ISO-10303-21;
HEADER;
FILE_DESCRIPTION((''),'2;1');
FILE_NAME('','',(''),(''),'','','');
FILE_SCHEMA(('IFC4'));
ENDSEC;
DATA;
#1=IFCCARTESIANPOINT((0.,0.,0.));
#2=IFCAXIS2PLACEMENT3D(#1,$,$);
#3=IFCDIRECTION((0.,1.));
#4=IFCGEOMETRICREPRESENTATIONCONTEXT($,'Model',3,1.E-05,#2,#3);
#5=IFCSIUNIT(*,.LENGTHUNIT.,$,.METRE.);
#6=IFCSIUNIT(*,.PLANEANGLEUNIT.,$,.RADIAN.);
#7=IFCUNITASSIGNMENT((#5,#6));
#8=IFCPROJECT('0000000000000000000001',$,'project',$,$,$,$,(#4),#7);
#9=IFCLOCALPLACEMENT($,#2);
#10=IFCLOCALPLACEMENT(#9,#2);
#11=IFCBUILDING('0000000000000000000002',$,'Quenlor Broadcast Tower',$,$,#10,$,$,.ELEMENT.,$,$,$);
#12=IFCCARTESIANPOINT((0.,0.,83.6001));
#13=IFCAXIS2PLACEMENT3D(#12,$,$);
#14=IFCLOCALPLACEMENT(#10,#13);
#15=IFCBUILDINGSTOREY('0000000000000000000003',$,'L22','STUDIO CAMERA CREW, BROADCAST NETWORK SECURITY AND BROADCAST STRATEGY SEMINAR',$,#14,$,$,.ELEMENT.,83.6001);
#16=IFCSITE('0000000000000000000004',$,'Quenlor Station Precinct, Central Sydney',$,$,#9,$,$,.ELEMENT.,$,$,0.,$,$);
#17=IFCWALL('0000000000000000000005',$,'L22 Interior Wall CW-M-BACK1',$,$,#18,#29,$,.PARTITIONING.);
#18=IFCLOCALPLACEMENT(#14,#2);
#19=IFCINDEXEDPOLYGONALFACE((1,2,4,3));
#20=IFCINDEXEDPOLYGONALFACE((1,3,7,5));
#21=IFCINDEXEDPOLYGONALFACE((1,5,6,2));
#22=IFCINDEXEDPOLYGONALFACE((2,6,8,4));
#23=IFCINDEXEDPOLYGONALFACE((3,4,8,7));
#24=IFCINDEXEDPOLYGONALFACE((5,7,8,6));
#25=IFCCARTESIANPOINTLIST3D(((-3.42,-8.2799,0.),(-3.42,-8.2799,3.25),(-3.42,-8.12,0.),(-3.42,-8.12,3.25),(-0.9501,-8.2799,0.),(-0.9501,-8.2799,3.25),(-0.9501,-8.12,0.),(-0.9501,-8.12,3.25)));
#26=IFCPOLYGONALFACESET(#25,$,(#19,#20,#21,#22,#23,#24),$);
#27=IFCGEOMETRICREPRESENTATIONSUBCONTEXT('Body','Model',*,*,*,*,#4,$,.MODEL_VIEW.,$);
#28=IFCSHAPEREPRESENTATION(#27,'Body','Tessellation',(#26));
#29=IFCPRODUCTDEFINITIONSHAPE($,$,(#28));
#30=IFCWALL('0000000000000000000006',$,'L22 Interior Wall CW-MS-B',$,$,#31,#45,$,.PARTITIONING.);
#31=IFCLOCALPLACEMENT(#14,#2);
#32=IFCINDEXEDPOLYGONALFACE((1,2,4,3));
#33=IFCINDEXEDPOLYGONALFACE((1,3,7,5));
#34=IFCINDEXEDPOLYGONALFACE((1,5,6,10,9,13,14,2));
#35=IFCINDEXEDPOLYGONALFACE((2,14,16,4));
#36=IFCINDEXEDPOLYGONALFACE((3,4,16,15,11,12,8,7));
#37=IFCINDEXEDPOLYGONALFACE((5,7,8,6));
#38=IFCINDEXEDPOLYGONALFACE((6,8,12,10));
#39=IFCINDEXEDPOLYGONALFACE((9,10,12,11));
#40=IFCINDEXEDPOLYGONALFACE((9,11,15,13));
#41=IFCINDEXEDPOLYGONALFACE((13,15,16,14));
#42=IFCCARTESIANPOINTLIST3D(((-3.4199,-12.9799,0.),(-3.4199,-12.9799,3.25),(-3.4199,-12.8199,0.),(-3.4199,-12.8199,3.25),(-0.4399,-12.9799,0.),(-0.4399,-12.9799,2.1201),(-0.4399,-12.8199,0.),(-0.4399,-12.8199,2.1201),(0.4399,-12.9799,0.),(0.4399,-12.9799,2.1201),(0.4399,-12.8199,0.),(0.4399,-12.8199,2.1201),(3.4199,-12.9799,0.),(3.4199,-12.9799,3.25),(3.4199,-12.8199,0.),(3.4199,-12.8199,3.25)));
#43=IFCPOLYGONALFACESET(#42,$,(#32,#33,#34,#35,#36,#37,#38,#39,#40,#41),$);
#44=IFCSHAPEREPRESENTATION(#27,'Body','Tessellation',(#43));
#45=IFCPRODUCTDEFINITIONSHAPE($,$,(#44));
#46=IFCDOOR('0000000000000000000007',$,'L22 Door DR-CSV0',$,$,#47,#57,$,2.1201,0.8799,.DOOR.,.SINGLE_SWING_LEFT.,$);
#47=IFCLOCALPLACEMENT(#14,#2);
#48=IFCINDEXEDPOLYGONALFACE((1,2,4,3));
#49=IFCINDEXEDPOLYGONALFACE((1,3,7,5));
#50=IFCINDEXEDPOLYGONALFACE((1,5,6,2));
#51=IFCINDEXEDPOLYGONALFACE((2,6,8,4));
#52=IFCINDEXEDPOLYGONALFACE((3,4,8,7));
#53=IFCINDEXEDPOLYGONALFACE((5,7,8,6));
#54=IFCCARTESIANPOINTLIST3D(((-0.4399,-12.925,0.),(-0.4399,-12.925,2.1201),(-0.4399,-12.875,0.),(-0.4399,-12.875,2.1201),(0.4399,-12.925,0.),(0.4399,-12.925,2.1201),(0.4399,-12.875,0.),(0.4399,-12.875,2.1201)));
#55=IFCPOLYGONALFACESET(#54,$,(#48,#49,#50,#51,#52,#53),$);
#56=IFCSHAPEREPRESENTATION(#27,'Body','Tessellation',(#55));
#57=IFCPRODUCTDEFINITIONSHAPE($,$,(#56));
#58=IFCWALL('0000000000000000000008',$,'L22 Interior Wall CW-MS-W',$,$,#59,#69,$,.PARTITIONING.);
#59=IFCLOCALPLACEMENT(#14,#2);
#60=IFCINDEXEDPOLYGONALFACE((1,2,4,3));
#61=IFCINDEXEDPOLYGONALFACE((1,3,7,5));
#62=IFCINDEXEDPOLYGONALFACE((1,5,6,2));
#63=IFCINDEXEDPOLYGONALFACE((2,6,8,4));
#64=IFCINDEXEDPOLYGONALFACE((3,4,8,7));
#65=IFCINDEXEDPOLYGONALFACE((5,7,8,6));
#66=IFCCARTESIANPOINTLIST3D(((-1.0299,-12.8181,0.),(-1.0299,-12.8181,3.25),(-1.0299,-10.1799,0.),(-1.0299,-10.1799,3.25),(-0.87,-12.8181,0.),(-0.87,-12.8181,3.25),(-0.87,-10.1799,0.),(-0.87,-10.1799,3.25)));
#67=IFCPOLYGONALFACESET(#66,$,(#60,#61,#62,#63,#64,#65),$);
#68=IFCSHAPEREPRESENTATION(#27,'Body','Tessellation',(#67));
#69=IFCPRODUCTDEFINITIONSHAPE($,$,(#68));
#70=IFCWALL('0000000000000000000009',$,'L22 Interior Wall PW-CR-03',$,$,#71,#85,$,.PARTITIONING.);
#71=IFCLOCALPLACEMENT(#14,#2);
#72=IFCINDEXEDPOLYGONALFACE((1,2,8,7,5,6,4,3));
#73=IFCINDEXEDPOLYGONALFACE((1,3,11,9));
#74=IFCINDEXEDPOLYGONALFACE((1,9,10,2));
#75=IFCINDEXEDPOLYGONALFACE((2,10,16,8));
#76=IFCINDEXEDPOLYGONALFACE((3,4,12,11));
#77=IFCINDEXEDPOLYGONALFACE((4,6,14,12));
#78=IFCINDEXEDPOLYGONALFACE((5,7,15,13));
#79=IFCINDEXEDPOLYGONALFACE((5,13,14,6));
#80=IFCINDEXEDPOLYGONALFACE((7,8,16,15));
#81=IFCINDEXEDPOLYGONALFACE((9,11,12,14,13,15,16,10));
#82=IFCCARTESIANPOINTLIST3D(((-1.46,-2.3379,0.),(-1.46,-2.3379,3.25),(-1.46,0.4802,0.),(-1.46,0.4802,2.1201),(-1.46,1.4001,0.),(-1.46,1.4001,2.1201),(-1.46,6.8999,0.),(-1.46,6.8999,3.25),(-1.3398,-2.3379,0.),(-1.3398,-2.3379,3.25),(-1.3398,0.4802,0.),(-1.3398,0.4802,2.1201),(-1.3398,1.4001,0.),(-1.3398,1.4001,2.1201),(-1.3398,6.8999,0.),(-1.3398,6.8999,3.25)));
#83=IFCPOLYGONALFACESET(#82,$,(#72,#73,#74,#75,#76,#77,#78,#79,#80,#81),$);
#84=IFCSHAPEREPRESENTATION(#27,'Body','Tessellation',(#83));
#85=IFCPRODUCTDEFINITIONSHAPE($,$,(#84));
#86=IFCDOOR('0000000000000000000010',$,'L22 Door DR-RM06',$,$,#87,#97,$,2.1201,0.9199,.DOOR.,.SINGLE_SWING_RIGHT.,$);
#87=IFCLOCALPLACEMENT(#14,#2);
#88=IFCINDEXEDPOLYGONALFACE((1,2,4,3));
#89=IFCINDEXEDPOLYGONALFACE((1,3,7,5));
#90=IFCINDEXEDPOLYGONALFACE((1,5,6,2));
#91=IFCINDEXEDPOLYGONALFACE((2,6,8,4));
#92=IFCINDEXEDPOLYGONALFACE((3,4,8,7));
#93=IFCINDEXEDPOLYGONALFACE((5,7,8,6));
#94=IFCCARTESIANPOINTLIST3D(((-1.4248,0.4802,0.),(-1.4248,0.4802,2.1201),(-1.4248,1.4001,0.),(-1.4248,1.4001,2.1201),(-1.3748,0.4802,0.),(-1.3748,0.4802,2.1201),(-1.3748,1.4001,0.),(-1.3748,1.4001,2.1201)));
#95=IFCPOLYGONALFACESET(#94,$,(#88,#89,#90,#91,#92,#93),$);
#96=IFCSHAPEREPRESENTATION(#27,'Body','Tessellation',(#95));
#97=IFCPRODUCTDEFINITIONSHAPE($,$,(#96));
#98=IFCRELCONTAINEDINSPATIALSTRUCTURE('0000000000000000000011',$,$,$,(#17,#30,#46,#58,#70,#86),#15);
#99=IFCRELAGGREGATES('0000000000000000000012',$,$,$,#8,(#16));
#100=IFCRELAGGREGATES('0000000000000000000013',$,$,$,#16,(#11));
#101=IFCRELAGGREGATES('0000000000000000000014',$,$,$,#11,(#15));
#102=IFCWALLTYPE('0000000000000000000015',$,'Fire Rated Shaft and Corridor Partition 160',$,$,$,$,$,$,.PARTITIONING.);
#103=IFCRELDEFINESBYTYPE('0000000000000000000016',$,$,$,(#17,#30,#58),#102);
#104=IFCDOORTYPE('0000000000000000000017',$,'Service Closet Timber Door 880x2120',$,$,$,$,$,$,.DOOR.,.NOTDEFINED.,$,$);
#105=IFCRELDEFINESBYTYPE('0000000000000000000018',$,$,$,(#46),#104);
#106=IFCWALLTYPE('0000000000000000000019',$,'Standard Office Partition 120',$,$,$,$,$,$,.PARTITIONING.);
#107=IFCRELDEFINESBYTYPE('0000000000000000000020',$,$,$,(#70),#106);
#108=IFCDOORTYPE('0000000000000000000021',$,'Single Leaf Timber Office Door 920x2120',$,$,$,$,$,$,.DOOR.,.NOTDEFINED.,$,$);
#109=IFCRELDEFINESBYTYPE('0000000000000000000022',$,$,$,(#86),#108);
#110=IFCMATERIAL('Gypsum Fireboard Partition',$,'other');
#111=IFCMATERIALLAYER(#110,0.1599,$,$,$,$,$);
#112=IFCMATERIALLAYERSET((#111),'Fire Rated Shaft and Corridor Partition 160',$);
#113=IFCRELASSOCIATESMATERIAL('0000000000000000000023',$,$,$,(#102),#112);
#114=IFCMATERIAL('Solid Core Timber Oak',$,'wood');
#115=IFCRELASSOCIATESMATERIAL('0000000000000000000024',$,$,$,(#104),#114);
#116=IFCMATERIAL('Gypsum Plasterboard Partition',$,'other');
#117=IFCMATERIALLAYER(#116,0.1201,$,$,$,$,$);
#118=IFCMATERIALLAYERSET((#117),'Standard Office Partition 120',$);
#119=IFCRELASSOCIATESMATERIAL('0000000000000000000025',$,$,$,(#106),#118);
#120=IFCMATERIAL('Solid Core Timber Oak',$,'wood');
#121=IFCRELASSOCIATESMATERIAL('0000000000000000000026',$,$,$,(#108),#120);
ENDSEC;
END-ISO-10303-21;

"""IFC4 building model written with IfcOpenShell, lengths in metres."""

from ifc_helpers import new_model, si_unit, direction, frame, frame_2d, origin, place, context, subcontext, project, spatial, rectangle, extrude, material, layer, layer_set, type_object, element, fill, save


model = new_model("IFC4")

# Units and contexts
model_context = context("Model", 3, precision=1e-05, world=origin(), true_north=direction((0.0, 1.0)))
body_context = subcontext(model_context, "Body", "Model", "MODEL_VIEW")
ifc_project = project(units=[si_unit("LENGTHUNIT", "METRE"), si_unit("PLANEANGLEUNIT", "RADIAN")], contexts=[model_context])

# Site, building, storey
site_placement = place(None, origin())
site = spatial("IfcSite", under=ifc_project, at=site_placement, Name="Quenlor Station Precinct, Central Sydney", CompositionType="ELEMENT", RefElevation=0.0)
building_placement = place(site_placement, origin())
building = spatial("IfcBuilding", under=site, at=building_placement, Name="Quenlor Broadcast Tower", CompositionType="ELEMENT")
storey_placement = place(building_placement, frame((0.0, 0.0, 83.6001)))
storey = spatial("IfcBuildingStorey", under=building, at=storey_placement, Name="L22", Description="STUDIO CAMERA CREW, BROADCAST NETWORK SECURITY AND BROADCAST STRATEGY SEMINAR", CompositionType="ELEMENT", Elevation=83.6001)

# Wall
ifc_material_1 = material(Name="Gypsum Fireboard Partition", Category="other")
ifc_layer_1 = layer(ifc_material_1, 0.1599)
ifc_layer_set_1 = layer_set([ifc_layer_1], Name="Fire Rated Shaft and Corridor Partition 160")
wall_type_1 = type_object("IfcWallType", Name="Fire Rated Shaft and Corridor Partition 160", PredefinedType="PARTITIONING", material=ifc_layer_set_1)
wall_1_placement = place(storey_placement, frame((-3.4199, -8.2, 0.0), z_axis=(0.0, 0.0, 1.0), x_axis=(1.0, 0.0, 0.0)))
element("IfcWall", 1, at=wall_1_placement, inside=storey, type_object=wall_type_1, Name="L22 Interior Wall CW-M-BACK1", PredefinedType="PARTITIONING", context=body_context, shape_type="SweptSolid", body=[
    extrude(rectangle(XDim=2.47, YDim=0.1599, at=frame_2d((1.2349, 0.0))), origin(), (0.0, 0.0, 1.0), 3.25),
])

# Wall, opening, door
wall_2_placement = place(storey_placement, frame((-3.4199, -12.8999, 0.0), z_axis=(0.0, 0.0, 1.0), x_axis=(1.0, 0.0, 0.0)))
wall_2 = element("IfcWall", 2, at=wall_2_placement, inside=storey, type_object=wall_type_1, Name="L22 Interior Wall CW-MS-B", PredefinedType="PARTITIONING", context=body_context, shape_type="SweptSolid", body=[
    extrude(rectangle(XDim=6.8398, YDim=0.1599, at=frame_2d((3.4199, 0.0))), origin(), (0.0, 0.0, 1.0), 3.25),
])
opening_1_placement = place(wall_2_placement, frame((2.98, 0.0, 0.0)))
opening_1 = element("IfcOpeningElement", 3, at=opening_1_placement, cuts=wall_2, PredefinedType="OPENING", context=body_context, shape_type="SweptSolid", body=[
    extrude(rectangle(XDim=0.8799, YDim=2.1201, at=frame_2d((0.4399, 1.0601))), frame((0.0, 0.0898, 0.0), z_axis=(0.0, -1.0, 0.0), x_axis=(1.0, 0.0, 0.0)), (0.0, 0.0, 1.0), 0.1799),
])
ifc_material_2 = material(Name="Solid Core Timber Oak", Category="wood")
door_type_1 = type_object("IfcDoorType", Name="Service Closet Timber Door 880x2120", OperationType="NOTDEFINED", PredefinedType="DOOR", material=ifc_material_2)
door_1_placement = place(opening_1_placement, origin())
door_1 = element("IfcDoor", 4, at=door_1_placement, inside=storey, type_object=door_type_1, Name="L22 Door DR-CSV0", OperationType="SINGLE_SWING_LEFT", OverallHeight=2.1201, OverallWidth=0.8799, PredefinedType="DOOR", context=body_context, shape_type="SweptSolid", body=[
    extrude(rectangle(XDim=0.8799, YDim=2.1201, at=frame_2d((0.4399, 1.0601))), frame((0.0, 0.0249, 0.0), z_axis=(0.0, -1.0, 0.0), x_axis=(1.0, 0.0, 0.0)), (0.0, 0.0, 1.0), 0.05),
])
fill(opening_1, door_1)

# Wall
wall_3_placement = place(storey_placement, frame((-0.95, -12.8181, 0.0), z_axis=(0.0, 0.0, 1.0), x_axis=(0.0, 1.0, 0.0)))
element("IfcWall", 5, at=wall_3_placement, inside=storey, type_object=wall_type_1, Name="L22 Interior Wall CW-MS-W", PredefinedType="PARTITIONING", context=body_context, shape_type="SweptSolid", body=[
    extrude(rectangle(XDim=2.6382, YDim=0.1599, at=frame_2d((1.3191, 0.0))), origin(), (0.0, 0.0, 1.0), 3.25),
])

# Wall, opening, door
ifc_material_3 = material(Name="Gypsum Plasterboard Partition", Category="other")
ifc_layer_2 = layer(ifc_material_3, 0.1201)
ifc_layer_set_2 = layer_set([ifc_layer_2], Name="Standard Office Partition 120")
wall_type_2 = type_object("IfcWallType", Name="Standard Office Partition 120", PredefinedType="PARTITIONING", material=ifc_layer_set_2)
wall_4_placement = place(storey_placement, frame((-1.3999, -2.3379, 0.0), z_axis=(0.0, 0.0, 1.0), x_axis=(0.0, 1.0, 0.0)))
wall_4 = element("IfcWall", 6, at=wall_4_placement, inside=storey, type_object=wall_type_2, Name="L22 Interior Wall PW-CR-03", PredefinedType="PARTITIONING", context=body_context, shape_type="SweptSolid", body=[
    extrude(rectangle(XDim=9.2378, YDim=0.1201, at=frame_2d((4.6189, 0.0))), origin(), (0.0, 0.0, 1.0), 3.25),
])
opening_2_placement = place(wall_4_placement, frame((2.8181, 0.0, 0.0)))
opening_2 = element("IfcOpeningElement", 7, at=opening_2_placement, cuts=wall_4, PredefinedType="OPENING", context=body_context, shape_type="SweptSolid", body=[
    extrude(rectangle(XDim=0.9199, YDim=2.1201, at=frame_2d((0.46, 1.0601))), frame((0.0, 0.0701, 0.0), z_axis=(0.0, -1.0, 0.0), x_axis=(1.0, 0.0, 0.0)), (0.0, 0.0, 1.0), 0.1401),
])
ifc_material_4 = material(Name="Solid Core Timber Oak", Category="wood")
door_type_2 = type_object("IfcDoorType", Name="Single Leaf Timber Office Door 920x2120", OperationType="NOTDEFINED", PredefinedType="DOOR", material=ifc_material_4)
door_2_placement = place(opening_2_placement, origin())
door_2 = element("IfcDoor", 8, at=door_2_placement, inside=storey, type_object=door_type_2, Name="L22 Door DR-RM06", OperationType="SINGLE_SWING_RIGHT", OverallHeight=2.1201, OverallWidth=0.9199, PredefinedType="DOOR", context=body_context, shape_type="SweptSolid", body=[
    extrude(rectangle(XDim=0.9199, YDim=2.1201, at=frame_2d((0.46, 1.0601))), frame((0.0, 0.0249, 0.0), z_axis=(0.0, -1.0, 0.0), x_axis=(1.0, 0.0, 0.0)), (0.0, 0.0, 1.0), 0.05),
])
fill(opening_2, door_2)

save(model, "model.ifc")
